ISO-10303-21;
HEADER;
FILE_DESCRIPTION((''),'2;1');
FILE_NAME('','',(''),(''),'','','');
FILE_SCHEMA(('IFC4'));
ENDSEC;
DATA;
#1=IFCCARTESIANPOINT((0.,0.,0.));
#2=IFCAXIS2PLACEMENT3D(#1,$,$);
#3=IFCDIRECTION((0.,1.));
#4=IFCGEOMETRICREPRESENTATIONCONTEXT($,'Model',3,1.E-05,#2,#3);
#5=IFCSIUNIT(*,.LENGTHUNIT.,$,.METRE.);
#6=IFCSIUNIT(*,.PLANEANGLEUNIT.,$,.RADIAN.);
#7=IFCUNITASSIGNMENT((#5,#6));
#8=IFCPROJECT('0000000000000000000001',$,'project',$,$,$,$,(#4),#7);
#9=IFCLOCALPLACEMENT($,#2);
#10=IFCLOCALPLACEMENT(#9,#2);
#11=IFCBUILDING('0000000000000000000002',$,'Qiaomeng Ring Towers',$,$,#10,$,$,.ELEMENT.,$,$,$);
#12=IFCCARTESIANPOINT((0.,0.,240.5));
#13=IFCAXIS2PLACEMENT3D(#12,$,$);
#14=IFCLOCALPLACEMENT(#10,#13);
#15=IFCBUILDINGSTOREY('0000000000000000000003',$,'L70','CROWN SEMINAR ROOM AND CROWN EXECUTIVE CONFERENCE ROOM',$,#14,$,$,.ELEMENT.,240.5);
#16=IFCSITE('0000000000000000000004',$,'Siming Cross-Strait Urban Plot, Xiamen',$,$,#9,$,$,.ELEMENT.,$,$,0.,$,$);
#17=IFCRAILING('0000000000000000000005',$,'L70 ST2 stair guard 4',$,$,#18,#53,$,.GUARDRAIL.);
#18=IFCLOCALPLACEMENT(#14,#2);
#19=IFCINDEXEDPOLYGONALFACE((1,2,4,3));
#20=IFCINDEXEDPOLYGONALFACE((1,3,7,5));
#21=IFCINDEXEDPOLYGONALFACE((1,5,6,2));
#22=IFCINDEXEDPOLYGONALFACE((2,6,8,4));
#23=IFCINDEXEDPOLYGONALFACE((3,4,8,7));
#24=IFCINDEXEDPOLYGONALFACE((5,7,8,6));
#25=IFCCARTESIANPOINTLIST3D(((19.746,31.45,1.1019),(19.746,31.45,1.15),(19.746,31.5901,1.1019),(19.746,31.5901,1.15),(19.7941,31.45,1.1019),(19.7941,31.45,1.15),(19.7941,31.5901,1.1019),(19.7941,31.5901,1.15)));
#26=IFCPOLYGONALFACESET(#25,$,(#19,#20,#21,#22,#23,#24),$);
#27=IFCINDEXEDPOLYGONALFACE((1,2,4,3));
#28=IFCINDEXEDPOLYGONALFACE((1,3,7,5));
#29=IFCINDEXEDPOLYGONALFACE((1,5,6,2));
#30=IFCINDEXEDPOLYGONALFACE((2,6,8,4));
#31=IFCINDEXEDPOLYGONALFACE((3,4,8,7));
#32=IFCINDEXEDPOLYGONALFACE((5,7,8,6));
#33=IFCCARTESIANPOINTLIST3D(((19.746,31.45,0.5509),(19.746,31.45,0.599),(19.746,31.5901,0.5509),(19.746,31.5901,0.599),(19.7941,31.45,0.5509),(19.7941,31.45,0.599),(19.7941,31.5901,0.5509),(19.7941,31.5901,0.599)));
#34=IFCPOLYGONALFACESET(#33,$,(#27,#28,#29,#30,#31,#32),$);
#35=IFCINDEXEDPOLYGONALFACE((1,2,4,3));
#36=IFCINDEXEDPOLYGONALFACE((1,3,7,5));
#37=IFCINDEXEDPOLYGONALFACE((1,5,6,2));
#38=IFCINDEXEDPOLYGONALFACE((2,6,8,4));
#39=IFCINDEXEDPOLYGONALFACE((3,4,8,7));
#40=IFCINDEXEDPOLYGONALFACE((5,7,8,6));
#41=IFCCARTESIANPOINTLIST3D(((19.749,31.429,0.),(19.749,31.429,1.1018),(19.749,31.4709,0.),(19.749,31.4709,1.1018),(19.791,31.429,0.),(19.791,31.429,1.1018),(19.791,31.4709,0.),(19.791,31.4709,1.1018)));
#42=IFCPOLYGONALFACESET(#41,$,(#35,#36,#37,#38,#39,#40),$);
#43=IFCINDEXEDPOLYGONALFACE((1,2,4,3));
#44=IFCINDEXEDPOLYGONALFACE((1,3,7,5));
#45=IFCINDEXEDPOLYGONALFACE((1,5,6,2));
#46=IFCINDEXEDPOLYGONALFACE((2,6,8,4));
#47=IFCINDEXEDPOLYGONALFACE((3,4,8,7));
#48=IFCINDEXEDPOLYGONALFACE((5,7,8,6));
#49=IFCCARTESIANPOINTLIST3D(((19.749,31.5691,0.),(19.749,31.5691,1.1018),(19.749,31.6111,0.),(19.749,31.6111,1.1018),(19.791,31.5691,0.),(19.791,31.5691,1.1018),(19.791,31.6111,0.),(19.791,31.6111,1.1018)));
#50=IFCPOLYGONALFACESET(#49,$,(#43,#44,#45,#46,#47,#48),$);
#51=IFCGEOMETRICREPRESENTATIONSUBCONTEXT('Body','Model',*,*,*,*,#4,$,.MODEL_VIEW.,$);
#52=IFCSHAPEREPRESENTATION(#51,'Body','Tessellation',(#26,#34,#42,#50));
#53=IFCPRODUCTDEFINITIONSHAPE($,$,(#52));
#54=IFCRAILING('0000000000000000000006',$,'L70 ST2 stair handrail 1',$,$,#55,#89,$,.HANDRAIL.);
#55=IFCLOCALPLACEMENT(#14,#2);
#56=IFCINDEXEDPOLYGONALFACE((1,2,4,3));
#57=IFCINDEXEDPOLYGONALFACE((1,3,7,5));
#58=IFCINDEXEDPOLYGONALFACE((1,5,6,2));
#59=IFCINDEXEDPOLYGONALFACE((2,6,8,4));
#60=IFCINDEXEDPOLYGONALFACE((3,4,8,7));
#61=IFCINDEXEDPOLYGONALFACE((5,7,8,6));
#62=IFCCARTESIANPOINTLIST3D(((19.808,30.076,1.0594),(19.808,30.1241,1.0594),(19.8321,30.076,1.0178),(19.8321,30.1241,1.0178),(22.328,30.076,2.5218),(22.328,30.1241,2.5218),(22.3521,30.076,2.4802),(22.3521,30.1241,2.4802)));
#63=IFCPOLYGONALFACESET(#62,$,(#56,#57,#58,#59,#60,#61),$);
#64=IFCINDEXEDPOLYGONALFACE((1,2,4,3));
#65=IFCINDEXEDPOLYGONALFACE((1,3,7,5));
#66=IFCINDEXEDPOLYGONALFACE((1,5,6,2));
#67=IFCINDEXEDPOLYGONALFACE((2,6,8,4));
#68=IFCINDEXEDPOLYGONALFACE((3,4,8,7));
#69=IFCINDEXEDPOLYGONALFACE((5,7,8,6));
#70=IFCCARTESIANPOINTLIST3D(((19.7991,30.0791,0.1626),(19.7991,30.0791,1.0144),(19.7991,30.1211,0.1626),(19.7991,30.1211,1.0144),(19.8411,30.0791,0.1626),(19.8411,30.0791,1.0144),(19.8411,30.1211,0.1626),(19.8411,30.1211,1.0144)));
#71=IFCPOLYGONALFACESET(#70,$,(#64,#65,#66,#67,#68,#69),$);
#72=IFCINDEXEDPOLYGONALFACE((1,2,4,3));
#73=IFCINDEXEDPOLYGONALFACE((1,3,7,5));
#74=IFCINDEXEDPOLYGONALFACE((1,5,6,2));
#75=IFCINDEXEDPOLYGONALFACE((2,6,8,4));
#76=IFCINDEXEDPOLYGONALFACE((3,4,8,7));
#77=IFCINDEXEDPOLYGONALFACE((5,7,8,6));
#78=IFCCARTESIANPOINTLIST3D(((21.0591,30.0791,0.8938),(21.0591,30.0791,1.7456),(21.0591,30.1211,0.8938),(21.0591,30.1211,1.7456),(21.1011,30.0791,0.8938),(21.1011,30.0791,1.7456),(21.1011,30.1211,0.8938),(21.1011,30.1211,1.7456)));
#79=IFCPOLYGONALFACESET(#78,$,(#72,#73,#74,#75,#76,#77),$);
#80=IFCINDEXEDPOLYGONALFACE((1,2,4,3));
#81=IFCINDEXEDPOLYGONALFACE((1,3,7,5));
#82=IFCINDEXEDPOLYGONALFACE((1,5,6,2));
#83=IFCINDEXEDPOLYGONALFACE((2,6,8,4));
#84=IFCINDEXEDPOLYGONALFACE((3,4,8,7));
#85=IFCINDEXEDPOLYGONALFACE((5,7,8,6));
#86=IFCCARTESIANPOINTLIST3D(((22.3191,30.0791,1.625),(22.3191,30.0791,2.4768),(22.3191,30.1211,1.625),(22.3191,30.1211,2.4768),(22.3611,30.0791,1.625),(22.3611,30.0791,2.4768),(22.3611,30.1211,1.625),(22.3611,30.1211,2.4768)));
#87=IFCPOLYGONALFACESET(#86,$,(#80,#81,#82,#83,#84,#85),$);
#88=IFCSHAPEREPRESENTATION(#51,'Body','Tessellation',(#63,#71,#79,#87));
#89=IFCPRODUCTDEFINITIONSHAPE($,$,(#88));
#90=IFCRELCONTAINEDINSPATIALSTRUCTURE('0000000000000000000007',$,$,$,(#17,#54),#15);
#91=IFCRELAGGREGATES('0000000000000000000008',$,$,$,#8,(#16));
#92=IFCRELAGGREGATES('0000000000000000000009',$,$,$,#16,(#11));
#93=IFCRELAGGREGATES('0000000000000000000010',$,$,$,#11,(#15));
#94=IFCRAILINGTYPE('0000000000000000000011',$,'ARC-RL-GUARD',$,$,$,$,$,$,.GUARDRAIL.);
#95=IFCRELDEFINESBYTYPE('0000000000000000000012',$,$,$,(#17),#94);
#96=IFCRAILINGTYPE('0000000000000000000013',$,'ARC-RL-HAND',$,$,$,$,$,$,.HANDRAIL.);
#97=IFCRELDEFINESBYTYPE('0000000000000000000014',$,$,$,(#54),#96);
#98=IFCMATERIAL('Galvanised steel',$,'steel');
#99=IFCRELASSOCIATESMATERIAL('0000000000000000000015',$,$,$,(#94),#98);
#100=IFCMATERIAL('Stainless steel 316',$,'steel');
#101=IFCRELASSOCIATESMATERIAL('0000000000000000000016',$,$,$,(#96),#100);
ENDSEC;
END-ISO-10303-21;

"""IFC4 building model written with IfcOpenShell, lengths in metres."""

from ifc_helpers import new_model, si_unit, direction, frame, origin, origin_2d, place, context, subcontext, project, spatial, rectangle, extrude, material, type_object, element, save


model = new_model("IFC4")

# Units and contexts
model_context = context("Model", 3, precision=1e-05, world=origin(), true_north=direction((0.0, 1.0)))
body_context = subcontext(model_context, "Body", "Model", "MODEL_VIEW")
ifc_project = project(units=[si_unit("LENGTHUNIT", "METRE"), si_unit("PLANEANGLEUNIT", "RADIAN")], contexts=[model_context])

# Site, building, storey
site_placement = place(None, origin())
site = spatial("IfcSite", under=ifc_project, at=site_placement, Name="Siming Cross-Strait Urban Plot, Xiamen", CompositionType="ELEMENT", RefElevation=0.0)
building_placement = place(site_placement, origin())
building = spatial("IfcBuilding", under=site, at=building_placement, Name="Qiaomeng Ring Towers", CompositionType="ELEMENT")
storey_placement = place(building_placement, frame((0.0, 0.0, 240.5)))
storey = spatial("IfcBuildingStorey", under=building, at=storey_placement, Name="L70", Description="CROWN SEMINAR ROOM AND CROWN EXECUTIVE CONFERENCE ROOM", CompositionType="ELEMENT", Elevation=240.5)

# Railings
ifc_material_1 = material(Name="Galvanised steel", Category="steel")
railing_type_1 = type_object("IfcRailingType", Name="ARC-RL-GUARD", PredefinedType="GUARDRAIL", material=ifc_material_1)
for number, where, name in (
    (1, (19.77, 31.45, 0.0), "L70 ST2 stair guard 4"),
):
    element("IfcRailing", number, at=place(storey_placement, frame(where)), inside=storey, type_object=railing_type_1, Name=name, PredefinedType="GUARDRAIL", context=body_context, shape_type="SweptSolid", body=[
        extrude(rectangle(XDim=0.0481, YDim=0.0481, at=origin_2d()), frame((0.0, 0.0, 1.126), z_axis=(0.0, 1.0, 0.0), x_axis=(-1.0, 0.0, 0.0)), (0.0, 0.0, 1.0), 0.1401),
        extrude(rectangle(XDim=0.0481, YDim=0.0481, at=origin_2d()), frame((0.0, 0.0, 0.575), z_axis=(0.0, 1.0, 0.0), x_axis=(-1.0, 0.0, 0.0)), (0.0, 0.0, 1.0), 0.1401),
        extrude(rectangle(XDim=0.042, YDim=0.042, at=origin_2d()), origin(), (0.0, 0.0, 1.0), 1.1018),
        extrude(rectangle(XDim=0.042, YDim=0.042, at=origin_2d()), frame((0.0, 0.1401, 0.0)), (0.0, 0.0, 1.0), 1.1018),
    ])
ifc_material_2 = material(Name="Stainless steel 316", Category="steel")
railing_type_2 = type_object("IfcRailingType", Name="ARC-RL-HAND", PredefinedType="HANDRAIL", material=ifc_material_2)
railing_1_placement = place(storey_placement, frame((19.8201, 30.1001, 0.1626)))
element("IfcRailing", 2, at=railing_1_placement, inside=storey, type_object=railing_type_2, Name="L70 ST2 stair handrail 1", PredefinedType="HANDRAIL", context=body_context, shape_type="SweptSolid", body=[
    extrude(rectangle(XDim=0.0481, YDim=0.0481, at=origin_2d()), frame((0.0, 0.0, 0.876), z_axis=(0.864913, 0.0, 0.501921), x_axis=(0.0, 1.0, 0.0)), (0.0, 0.0, 1.0), 2.9136),
    extrude(rectangle(XDim=0.042, YDim=0.042, at=origin_2d()), origin(), (0.0, 0.0, 1.0), 0.8518),
    extrude(rectangle(XDim=0.042, YDim=0.042, at=origin_2d()), frame((1.26, 0.0, 0.7312)), (0.0, 0.0, 1.0), 0.8518),
    extrude(rectangle(XDim=0.042, YDim=0.042, at=origin_2d()), frame((2.52, 0.0, 1.4624)), (0.0, 0.0, 1.0), 0.8518),
])

save(model, "model.ifc")
